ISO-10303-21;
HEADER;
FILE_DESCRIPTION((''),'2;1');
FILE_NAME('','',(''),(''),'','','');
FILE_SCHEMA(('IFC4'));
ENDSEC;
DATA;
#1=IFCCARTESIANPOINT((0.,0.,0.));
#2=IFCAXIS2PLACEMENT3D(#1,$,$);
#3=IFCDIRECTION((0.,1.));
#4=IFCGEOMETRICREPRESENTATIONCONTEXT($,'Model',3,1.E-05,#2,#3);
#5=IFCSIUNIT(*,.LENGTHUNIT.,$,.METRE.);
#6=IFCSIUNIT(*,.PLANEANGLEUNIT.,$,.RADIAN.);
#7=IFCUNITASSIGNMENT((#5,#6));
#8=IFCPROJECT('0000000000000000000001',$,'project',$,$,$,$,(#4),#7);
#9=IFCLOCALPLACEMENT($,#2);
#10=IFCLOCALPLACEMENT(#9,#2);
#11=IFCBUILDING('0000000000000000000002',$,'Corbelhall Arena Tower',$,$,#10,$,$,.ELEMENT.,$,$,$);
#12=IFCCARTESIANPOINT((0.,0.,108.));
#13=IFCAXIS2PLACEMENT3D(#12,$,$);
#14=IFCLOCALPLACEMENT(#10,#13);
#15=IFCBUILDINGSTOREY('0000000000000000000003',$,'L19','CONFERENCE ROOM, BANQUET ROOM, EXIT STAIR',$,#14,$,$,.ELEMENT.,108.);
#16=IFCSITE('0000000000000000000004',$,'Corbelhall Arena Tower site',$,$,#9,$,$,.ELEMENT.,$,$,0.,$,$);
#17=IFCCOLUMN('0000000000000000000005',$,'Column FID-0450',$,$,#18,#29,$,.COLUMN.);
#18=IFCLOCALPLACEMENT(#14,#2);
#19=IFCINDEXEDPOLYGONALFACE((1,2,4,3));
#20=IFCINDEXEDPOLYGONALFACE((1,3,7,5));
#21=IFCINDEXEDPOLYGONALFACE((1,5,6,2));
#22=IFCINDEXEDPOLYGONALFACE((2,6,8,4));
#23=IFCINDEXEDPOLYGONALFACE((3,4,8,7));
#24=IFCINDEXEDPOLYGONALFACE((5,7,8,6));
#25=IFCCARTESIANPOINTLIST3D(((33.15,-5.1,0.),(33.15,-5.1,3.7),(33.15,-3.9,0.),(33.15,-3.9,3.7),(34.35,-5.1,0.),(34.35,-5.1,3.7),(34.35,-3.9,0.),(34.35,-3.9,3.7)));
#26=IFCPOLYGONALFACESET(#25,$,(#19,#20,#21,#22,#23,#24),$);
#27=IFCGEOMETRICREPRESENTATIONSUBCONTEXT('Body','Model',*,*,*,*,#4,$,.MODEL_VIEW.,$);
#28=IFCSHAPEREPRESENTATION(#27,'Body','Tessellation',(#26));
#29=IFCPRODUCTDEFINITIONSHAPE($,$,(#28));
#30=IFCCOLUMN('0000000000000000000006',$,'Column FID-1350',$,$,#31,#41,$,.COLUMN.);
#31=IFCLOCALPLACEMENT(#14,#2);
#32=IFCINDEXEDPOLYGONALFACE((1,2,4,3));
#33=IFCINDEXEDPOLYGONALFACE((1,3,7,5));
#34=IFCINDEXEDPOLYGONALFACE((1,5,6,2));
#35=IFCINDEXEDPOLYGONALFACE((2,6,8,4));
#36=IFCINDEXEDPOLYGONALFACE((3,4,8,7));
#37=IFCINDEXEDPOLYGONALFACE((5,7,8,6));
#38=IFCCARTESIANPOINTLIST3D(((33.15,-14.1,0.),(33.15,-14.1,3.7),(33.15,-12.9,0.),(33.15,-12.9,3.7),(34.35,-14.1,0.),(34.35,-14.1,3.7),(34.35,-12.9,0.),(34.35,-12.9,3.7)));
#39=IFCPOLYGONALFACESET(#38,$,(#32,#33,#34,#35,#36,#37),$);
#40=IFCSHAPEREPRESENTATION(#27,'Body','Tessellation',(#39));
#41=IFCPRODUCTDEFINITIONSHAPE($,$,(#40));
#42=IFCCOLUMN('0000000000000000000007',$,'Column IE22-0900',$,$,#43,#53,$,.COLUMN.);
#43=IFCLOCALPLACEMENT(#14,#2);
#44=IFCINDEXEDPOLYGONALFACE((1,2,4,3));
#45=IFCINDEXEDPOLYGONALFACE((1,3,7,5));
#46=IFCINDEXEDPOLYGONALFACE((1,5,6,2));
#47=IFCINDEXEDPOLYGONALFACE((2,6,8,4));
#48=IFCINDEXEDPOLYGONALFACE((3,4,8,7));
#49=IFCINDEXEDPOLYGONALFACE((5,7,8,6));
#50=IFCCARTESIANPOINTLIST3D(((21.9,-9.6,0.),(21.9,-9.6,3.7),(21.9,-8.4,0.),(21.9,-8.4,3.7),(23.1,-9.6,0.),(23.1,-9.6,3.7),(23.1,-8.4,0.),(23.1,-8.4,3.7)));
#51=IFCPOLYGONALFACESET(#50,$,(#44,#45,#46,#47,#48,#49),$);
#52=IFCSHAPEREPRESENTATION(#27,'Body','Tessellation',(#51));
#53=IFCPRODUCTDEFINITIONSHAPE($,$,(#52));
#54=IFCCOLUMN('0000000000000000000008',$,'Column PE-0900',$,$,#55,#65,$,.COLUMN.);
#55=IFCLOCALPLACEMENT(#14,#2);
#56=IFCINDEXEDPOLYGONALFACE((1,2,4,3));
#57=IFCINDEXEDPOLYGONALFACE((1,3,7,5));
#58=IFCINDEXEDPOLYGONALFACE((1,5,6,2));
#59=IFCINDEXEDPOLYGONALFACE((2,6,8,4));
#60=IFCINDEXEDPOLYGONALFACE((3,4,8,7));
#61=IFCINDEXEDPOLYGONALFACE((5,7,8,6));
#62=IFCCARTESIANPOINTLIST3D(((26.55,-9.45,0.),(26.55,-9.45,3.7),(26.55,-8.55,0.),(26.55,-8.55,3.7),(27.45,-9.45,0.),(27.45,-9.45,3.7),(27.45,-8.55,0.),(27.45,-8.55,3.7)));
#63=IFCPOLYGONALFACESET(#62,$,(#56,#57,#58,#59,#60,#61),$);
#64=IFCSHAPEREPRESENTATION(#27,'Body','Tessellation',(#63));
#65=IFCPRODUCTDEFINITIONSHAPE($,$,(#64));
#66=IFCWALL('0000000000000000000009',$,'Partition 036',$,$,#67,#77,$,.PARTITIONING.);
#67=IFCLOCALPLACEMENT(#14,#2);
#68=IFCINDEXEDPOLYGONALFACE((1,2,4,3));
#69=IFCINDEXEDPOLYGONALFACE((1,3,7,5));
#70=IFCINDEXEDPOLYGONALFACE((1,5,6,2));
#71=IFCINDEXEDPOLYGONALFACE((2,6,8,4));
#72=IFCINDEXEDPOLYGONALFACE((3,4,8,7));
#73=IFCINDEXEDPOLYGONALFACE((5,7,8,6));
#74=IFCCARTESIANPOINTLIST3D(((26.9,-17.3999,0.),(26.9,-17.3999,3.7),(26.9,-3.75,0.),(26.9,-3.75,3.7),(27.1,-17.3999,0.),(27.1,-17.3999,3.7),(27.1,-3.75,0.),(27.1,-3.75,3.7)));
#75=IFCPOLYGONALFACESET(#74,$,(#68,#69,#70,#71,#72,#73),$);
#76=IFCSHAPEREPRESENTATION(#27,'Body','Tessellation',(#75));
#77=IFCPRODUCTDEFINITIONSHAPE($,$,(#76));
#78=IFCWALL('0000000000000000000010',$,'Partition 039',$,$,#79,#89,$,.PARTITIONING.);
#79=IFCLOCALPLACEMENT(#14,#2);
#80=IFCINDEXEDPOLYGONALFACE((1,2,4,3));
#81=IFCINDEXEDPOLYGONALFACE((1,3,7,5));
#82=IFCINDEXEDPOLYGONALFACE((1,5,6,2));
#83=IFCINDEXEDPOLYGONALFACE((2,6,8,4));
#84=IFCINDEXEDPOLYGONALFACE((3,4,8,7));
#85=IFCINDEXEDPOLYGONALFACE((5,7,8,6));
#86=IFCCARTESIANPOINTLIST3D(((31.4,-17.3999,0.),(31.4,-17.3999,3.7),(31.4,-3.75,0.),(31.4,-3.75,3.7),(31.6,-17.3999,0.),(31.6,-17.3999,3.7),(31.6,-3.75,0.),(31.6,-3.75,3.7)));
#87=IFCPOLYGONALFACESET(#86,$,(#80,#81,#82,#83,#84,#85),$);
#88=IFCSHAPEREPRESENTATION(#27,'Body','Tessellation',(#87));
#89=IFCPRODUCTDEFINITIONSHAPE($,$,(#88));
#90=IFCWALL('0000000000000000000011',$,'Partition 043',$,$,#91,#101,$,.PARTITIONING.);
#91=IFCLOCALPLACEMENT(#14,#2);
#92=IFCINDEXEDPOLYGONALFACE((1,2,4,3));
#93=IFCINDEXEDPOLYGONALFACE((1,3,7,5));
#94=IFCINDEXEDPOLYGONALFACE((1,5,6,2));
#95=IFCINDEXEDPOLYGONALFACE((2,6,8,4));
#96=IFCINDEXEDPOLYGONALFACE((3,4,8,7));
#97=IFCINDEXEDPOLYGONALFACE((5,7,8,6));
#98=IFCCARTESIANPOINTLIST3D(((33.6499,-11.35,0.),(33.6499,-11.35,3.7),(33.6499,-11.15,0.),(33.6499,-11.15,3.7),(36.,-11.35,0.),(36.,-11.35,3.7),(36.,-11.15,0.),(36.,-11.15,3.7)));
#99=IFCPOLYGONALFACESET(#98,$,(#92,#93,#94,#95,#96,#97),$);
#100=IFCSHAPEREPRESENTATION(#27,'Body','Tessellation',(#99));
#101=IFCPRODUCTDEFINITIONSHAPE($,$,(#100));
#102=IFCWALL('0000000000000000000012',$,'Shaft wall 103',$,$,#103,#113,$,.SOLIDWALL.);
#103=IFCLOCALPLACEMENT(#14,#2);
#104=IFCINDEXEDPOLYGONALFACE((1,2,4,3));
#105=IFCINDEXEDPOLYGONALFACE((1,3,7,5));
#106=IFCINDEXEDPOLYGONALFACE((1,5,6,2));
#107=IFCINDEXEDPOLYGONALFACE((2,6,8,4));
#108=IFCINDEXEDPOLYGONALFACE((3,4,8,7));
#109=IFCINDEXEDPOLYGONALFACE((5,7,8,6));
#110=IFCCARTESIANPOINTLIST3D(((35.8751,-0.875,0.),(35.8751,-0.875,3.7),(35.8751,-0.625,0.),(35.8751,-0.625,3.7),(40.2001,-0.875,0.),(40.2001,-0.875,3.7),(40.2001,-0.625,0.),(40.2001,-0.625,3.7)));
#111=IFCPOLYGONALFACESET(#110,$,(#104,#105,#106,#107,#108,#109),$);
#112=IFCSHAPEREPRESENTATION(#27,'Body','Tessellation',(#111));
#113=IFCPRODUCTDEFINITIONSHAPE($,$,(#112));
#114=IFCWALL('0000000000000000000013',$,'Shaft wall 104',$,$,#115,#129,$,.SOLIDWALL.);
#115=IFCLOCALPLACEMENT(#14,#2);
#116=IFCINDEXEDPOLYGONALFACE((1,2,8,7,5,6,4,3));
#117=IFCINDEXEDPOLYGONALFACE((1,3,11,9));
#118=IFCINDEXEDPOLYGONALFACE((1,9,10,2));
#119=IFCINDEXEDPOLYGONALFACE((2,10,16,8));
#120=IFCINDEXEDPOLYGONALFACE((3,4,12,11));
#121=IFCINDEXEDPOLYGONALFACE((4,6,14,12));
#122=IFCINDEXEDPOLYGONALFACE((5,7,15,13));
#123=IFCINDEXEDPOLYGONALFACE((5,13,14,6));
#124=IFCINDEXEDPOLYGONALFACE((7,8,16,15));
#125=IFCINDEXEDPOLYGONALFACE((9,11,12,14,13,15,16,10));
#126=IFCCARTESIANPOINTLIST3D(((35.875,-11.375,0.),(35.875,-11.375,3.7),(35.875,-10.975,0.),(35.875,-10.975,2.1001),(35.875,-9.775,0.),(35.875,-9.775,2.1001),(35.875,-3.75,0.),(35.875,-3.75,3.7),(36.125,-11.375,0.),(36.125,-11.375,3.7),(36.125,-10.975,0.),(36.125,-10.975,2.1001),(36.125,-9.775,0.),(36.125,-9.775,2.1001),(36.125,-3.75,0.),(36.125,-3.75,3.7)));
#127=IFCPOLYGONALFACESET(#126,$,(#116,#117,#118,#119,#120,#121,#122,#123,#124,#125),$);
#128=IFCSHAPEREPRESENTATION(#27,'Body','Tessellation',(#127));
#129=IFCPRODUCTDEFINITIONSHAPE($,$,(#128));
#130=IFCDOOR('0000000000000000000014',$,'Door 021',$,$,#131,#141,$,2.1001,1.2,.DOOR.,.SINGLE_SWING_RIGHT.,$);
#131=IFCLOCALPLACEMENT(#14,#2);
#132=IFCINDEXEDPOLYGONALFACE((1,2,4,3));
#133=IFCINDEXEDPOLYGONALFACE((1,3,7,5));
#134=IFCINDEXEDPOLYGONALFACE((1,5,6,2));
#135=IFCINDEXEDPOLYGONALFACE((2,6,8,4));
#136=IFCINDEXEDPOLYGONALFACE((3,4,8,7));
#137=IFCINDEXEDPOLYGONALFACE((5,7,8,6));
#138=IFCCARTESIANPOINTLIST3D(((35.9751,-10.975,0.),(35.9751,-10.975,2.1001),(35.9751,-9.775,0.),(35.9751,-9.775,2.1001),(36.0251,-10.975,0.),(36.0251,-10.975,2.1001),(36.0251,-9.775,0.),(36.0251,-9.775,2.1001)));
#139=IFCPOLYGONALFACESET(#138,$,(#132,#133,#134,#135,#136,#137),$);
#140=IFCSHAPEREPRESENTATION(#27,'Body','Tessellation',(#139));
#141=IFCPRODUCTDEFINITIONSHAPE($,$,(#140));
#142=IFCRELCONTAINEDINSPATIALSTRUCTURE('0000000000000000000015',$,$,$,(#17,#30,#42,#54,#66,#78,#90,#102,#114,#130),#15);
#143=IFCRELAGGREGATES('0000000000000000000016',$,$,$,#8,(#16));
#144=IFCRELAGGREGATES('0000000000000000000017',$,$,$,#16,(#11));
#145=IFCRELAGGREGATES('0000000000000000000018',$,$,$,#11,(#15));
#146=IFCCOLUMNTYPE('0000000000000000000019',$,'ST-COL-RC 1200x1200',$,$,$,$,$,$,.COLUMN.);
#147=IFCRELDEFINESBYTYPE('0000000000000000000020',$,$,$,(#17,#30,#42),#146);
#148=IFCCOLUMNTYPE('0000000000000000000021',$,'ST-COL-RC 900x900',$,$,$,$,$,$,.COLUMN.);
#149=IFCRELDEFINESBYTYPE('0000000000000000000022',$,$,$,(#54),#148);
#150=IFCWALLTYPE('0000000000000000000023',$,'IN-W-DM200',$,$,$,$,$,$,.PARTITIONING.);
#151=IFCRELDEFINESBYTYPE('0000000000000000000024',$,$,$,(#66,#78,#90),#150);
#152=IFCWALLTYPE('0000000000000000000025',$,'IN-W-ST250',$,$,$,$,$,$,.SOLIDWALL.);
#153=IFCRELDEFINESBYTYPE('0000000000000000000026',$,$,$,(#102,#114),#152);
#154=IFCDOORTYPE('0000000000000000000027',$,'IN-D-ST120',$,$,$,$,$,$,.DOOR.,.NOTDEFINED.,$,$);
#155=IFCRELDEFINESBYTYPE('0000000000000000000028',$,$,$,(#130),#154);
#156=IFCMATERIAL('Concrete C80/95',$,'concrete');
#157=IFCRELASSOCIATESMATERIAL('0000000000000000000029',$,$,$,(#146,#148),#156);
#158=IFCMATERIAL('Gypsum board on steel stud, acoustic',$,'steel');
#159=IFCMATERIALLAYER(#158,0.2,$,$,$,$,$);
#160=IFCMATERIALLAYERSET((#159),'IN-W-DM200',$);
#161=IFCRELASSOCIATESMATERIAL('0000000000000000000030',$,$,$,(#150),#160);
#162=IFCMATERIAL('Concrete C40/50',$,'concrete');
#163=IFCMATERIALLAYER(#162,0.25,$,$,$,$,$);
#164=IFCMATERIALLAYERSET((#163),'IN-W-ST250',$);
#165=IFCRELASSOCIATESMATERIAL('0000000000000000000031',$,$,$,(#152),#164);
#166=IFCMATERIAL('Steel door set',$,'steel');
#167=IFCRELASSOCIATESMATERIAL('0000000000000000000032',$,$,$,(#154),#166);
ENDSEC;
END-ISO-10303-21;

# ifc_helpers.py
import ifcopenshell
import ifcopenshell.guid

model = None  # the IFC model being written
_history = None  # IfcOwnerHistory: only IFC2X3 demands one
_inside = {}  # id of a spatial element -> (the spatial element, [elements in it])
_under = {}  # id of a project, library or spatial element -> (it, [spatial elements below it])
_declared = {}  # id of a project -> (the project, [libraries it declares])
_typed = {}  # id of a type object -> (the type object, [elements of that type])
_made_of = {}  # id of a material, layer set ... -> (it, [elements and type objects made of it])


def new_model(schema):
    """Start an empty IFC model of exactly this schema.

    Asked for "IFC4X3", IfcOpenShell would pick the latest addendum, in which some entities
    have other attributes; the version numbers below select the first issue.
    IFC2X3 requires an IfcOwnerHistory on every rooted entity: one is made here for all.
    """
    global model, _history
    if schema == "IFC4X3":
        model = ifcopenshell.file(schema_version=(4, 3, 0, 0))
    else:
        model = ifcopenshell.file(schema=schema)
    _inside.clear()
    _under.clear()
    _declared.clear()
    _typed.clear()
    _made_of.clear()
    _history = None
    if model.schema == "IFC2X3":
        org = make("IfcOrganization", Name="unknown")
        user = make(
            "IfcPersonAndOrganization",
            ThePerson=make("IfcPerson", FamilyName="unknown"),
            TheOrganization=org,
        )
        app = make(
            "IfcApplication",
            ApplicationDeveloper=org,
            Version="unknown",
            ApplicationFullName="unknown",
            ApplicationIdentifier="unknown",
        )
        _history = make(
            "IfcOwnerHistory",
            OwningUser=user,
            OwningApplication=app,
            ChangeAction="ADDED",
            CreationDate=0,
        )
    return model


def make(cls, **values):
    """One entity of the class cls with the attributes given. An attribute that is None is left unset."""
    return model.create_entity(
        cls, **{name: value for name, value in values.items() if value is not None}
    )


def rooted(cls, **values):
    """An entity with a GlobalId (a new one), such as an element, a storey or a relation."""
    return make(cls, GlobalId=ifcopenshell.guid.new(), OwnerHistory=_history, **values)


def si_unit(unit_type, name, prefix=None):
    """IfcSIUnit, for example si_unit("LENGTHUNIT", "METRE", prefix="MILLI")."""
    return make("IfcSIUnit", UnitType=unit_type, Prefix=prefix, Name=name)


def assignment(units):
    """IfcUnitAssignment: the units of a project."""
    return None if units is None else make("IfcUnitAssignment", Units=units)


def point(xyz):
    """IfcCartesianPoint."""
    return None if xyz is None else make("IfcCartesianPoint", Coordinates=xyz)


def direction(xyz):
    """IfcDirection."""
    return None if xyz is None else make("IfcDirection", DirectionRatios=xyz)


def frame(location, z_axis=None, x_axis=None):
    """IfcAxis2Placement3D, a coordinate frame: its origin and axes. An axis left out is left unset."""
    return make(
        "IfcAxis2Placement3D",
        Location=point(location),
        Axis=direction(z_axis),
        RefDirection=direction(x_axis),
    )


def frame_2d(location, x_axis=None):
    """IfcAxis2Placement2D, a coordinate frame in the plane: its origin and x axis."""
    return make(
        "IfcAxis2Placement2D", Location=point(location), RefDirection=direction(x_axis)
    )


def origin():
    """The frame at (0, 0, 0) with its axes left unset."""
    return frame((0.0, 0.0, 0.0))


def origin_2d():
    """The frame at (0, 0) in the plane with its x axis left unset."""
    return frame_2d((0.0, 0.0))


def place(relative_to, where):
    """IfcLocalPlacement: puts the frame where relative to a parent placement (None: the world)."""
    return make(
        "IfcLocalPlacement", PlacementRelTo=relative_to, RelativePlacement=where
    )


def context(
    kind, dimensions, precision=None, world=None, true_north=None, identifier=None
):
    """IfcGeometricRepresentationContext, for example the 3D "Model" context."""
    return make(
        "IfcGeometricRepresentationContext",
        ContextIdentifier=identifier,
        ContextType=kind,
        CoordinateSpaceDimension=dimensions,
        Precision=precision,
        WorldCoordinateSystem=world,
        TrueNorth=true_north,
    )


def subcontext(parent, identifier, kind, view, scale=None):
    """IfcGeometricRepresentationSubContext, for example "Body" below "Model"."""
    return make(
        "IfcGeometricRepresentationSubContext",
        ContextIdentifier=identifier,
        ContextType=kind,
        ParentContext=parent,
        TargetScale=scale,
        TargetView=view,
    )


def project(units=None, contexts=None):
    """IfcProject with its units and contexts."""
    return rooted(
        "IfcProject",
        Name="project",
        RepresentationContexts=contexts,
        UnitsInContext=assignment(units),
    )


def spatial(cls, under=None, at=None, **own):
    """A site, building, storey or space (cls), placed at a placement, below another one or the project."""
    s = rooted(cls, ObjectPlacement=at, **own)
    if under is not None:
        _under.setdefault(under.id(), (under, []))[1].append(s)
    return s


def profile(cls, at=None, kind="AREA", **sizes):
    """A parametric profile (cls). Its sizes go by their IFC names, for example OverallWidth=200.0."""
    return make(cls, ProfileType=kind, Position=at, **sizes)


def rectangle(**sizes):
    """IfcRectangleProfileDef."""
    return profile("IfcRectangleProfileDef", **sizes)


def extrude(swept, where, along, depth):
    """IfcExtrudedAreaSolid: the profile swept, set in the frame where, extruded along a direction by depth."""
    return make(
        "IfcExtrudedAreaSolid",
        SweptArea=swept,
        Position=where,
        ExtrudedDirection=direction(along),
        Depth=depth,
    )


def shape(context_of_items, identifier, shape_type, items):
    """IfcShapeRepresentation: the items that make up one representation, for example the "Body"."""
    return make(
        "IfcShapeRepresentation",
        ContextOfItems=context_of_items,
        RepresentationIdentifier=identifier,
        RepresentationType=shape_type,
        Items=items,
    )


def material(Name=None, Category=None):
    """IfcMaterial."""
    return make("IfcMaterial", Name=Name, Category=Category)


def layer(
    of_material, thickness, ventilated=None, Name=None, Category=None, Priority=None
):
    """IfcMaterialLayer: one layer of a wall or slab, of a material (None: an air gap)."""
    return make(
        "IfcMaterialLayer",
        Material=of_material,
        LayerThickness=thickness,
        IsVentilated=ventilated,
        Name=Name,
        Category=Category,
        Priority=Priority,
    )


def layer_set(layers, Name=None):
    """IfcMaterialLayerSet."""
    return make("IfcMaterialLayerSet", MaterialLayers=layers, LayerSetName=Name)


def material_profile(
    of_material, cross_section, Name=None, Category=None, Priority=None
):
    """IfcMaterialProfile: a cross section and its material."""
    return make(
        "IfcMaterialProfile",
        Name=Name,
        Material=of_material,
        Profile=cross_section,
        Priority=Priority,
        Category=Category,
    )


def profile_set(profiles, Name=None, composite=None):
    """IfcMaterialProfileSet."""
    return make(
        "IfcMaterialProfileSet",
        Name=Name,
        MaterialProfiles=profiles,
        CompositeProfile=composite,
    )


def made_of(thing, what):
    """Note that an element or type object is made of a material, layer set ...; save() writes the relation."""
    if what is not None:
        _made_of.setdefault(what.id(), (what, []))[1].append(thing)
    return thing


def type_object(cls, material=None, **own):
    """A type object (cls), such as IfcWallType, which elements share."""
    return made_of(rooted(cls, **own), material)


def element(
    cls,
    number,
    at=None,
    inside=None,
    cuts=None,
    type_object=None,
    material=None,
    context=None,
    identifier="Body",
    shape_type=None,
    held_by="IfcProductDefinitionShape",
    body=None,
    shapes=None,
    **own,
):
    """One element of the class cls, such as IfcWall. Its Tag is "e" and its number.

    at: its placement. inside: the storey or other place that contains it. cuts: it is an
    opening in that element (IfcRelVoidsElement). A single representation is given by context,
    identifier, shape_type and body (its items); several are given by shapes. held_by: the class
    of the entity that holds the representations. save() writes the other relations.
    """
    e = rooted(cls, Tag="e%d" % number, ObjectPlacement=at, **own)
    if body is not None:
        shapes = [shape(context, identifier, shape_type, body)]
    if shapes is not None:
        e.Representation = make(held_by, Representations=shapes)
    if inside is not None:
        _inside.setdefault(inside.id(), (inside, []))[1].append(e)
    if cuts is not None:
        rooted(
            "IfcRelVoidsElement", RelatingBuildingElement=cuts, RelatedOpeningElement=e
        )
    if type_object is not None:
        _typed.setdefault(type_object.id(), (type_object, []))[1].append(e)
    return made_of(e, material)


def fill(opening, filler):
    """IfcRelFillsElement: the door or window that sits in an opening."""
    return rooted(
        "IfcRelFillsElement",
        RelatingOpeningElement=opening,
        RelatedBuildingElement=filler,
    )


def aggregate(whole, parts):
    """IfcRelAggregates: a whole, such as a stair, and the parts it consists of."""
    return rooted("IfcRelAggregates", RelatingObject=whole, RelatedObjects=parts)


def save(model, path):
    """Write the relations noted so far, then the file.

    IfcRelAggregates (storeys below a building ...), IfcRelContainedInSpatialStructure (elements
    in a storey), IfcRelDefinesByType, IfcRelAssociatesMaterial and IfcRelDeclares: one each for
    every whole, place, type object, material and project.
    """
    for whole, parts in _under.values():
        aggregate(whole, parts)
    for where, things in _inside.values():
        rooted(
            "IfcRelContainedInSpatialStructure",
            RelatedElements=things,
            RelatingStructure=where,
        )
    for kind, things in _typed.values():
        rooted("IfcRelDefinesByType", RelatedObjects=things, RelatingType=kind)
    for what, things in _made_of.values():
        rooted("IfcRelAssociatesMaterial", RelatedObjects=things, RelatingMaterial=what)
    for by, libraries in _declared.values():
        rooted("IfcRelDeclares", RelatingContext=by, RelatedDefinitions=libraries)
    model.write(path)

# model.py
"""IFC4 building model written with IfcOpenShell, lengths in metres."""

from ifc_helpers import new_model, si_unit, direction, frame, frame_2d, origin, origin_2d, place, context, subcontext, project, spatial, rectangle, extrude, material, layer, layer_set, material_profile, profile_set, type_object, element, fill, save


model = new_model("IFC4")

# Units and contexts
model_context = context("Model", 3, precision=1e-05, world=origin(), true_north=direction((0.0, 1.0)))
body_context = subcontext(model_context, "Body", "Model", "MODEL_VIEW")
ifc_project = project(units=[si_unit("LENGTHUNIT", "METRE"), si_unit("PLANEANGLEUNIT", "RADIAN")], contexts=[model_context])

# Site, building, storey
site_placement = place(None, origin())
site = spatial("IfcSite", under=ifc_project, at=site_placement, Name="Corbelhall Arena Tower site", CompositionType="ELEMENT", RefElevation=0.0)
building_placement = place(site_placement, origin())
building = spatial("IfcBuilding", under=site, at=building_placement, Name="Corbelhall Arena Tower", CompositionType="ELEMENT")
storey_placement = place(building_placement, frame((0.0, 0.0, 108.0)))
storey = spatial("IfcBuildingStorey", under=building, at=storey_placement, Name="L19", Description="CONFERENCE ROOM, BANQUET ROOM, EXIT STAIR", CompositionType="ELEMENT", Elevation=108.0)

# Columns
ifc_material_1 = material(Name="Concrete C80/95", Category="concrete")
ifc_material_profile_1 = material_profile(ifc_material_1, rectangle(XDim=1.2, YDim=1.2, at=origin_2d()))
ifc_profile_set_1 = profile_set([ifc_material_profile_1], Name="Concrete C80/95")
column_type_1 = type_object("IfcColumnType", Name="ST-COL-RC 1200x1200", PredefinedType="COLUMN", material=ifc_profile_set_1)
for number, where, z_axis, x_axis, name in (
    (1, (33.75, -4.5, 0.0), (0.0, 0.0, 1.0), (1.0, 0.0, 0.0), "Column FID-0450"),
    (2, (33.75, -13.5, 0.0), (0.0, 0.0, 1.0), (1.0, 0.0, 0.0), "Column FID-1350"),
    (3, (22.5, -9.0, 0.0), (0.0, 0.0, 1.0), (1.0, 0.0, 0.0), "Column IE22-0900"),
):
    element("IfcColumn", number, at=place(storey_placement, frame(where, z_axis=z_axis, x_axis=x_axis)), inside=storey, type_object=column_type_1, Name=name, PredefinedType="COLUMN", context=body_context, shape_type="SweptSolid", body=[
        extrude(rectangle(XDim=1.2, YDim=1.2, at=origin_2d()), origin(), (0.0, 0.0, 1.0), 3.7),
    ])
ifc_material_profile_2 = material_profile(ifc_material_1, rectangle(XDim=0.8999, YDim=0.8999, at=origin_2d()))
ifc_profile_set_2 = profile_set([ifc_material_profile_2], Name="Concrete C80/95")
column_type_2 = type_object("IfcColumnType", Name="ST-COL-RC 900x900", PredefinedType="COLUMN", material=ifc_profile_set_2)
column_placement = place(storey_placement, frame((27.0, -9.0, 0.0), z_axis=(0.0, 0.0, 1.0), x_axis=(1.0, 0.0, 0.0)))
element("IfcColumn", 4, at=column_placement, inside=storey, type_object=column_type_2, Name="Column PE-0900", PredefinedType="COLUMN", context=body_context, shape_type="SweptSolid", body=[
    extrude(rectangle(XDim=0.8999, YDim=0.8999, at=origin_2d()), origin(), (0.0, 0.0, 1.0), 3.7),
])

# Shared definitions
ifc_material_2 = material(Name="Gypsum board on steel stud, acoustic", Category="steel")
ifc_layer_1 = layer(ifc_material_2, 0.2)
ifc_layer_set_1 = layer_set([ifc_layer_1], Name="IN-W-DM200")
wall_type_1 = type_object("IfcWallType", Name="IN-W-DM200", PredefinedType="PARTITIONING", material=ifc_layer_set_1)
ifc_material_3 = material(Name="Steel door set", Category="steel")

# Walls
for number, where, z_axis, x_axis, name in (
    (5, (27.0, -3.75, 0.0), (0.0, 0.0, 1.0), (0.0, -1.0, 0.0), "Partition 036"),
    (6, (31.5, -3.75, 0.0), (0.0, 0.0, 1.0), (0.0, -1.0, 0.0), "Partition 039"),
):
    element("IfcWall", number, at=place(storey_placement, frame(where, z_axis=z_axis, x_axis=x_axis)), inside=storey, type_object=wall_type_1, Name=name, PredefinedType="PARTITIONING", context=body_context, shape_type="SweptSolid", body=[
        extrude(rectangle(XDim=13.6499, YDim=0.2, at=frame_2d((6.825, 0.0))), origin(), (0.0, 0.0, 1.0), 3.7),
    ])

# Walls
wall_1_placement = place(storey_placement, frame((36.0, -11.25, 0.0), z_axis=(0.0, 0.0, 1.0), x_axis=(-1.0, 0.0, 0.0)))
element("IfcWall", 7, at=wall_1_placement, inside=storey, type_object=wall_type_1, Name="Partition 043", PredefinedType="PARTITIONING", context=body_context, shape_type="SweptSolid", body=[
    extrude(rectangle(XDim=2.3501, YDim=0.2, at=frame_2d((1.175, 0.0))), origin(), (0.0, 0.0, 1.0), 3.7),
])
ifc_material_4 = material(Name="Concrete C40/50", Category="concrete")
ifc_layer_2 = layer(ifc_material_4, 0.25)
ifc_layer_set_2 = layer_set([ifc_layer_2], Name="IN-W-ST250")
wall_type_2 = type_object("IfcWallType", Name="IN-W-ST250", PredefinedType="SOLIDWALL", material=ifc_layer_set_2)
wall_2_placement = place(storey_placement, frame((35.875, -0.75, 0.0), z_axis=(0.0, 0.0, 1.0), x_axis=(1.0, 0.0, 0.0)))
element("IfcWall", 8, at=wall_2_placement, inside=storey, type_object=wall_type_2, Name="Shaft wall 103", PredefinedType="SOLIDWALL", context=body_context, shape_type="SweptSolid", body=[
    extrude(rectangle(XDim=4.325, YDim=0.25, at=frame_2d((2.1626, 0.0))), origin(), (0.0, 0.0, 1.0), 3.7),
])

# Wall, opening, door
wall_3_placement = place(storey_placement, frame((36.0, -11.375, 0.0), z_axis=(0.0, 0.0, 1.0), x_axis=(0.0, 1.0, 0.0)))
wall_3 = element("IfcWall", 9, at=wall_3_placement, inside=storey, type_object=wall_type_2, Name="Shaft wall 104", PredefinedType="SOLIDWALL", context=body_context, shape_type="SweptSolid", body=[
    extrude(rectangle(XDim=7.625, YDim=0.25, at=frame_2d((3.8125, 0.0))), origin(), (0.0, 0.0, 1.0), 3.7),
])
opening_1_placement = place(wall_3_placement, frame((0.3999, 0.0, 0.0)))
opening_1 = element("IfcOpeningElement", 10, at=opening_1_placement, cuts=wall_3, PredefinedType="OPENING", context=body_context, shape_type="SweptSolid", body=[
    extrude(rectangle(XDim=1.2, YDim=2.1001, at=frame_2d((0.6001, 1.05))), frame((0.0, 0.125, 0.0), z_axis=(0.0, -1.0, 0.0), x_axis=(1.0, 0.0, 0.0)), (0.0, 0.0, 1.0), 0.25),
])
door_type_1 = type_object("IfcDoorType", Name="IN-D-ST120", OperationType="NOTDEFINED", PredefinedType="DOOR", material=ifc_material_3)
door_1_placement = place(opening_1_placement, origin())
door_1 = element("IfcDoor", 11, at=door_1_placement, inside=storey, type_object=door_type_1, Name="Door 021", OperationType="SINGLE_SWING_RIGHT", OverallHeight=2.1001, OverallWidth=1.2, PredefinedType="DOOR", context=body_context, shape_type="SweptSolid", body=[
    extrude(rectangle(XDim=1.2, YDim=2.1001, at=frame_2d((0.6001, 1.05))), frame((0.0, 0.0249, 0.0), z_axis=(0.0, -1.0, 0.0), x_axis=(1.0, 0.0, 0.0)), (0.0, 0.0, 1.0), 0.05),
])
fill(opening_1, door_1)

save(model, "model.ifc")
